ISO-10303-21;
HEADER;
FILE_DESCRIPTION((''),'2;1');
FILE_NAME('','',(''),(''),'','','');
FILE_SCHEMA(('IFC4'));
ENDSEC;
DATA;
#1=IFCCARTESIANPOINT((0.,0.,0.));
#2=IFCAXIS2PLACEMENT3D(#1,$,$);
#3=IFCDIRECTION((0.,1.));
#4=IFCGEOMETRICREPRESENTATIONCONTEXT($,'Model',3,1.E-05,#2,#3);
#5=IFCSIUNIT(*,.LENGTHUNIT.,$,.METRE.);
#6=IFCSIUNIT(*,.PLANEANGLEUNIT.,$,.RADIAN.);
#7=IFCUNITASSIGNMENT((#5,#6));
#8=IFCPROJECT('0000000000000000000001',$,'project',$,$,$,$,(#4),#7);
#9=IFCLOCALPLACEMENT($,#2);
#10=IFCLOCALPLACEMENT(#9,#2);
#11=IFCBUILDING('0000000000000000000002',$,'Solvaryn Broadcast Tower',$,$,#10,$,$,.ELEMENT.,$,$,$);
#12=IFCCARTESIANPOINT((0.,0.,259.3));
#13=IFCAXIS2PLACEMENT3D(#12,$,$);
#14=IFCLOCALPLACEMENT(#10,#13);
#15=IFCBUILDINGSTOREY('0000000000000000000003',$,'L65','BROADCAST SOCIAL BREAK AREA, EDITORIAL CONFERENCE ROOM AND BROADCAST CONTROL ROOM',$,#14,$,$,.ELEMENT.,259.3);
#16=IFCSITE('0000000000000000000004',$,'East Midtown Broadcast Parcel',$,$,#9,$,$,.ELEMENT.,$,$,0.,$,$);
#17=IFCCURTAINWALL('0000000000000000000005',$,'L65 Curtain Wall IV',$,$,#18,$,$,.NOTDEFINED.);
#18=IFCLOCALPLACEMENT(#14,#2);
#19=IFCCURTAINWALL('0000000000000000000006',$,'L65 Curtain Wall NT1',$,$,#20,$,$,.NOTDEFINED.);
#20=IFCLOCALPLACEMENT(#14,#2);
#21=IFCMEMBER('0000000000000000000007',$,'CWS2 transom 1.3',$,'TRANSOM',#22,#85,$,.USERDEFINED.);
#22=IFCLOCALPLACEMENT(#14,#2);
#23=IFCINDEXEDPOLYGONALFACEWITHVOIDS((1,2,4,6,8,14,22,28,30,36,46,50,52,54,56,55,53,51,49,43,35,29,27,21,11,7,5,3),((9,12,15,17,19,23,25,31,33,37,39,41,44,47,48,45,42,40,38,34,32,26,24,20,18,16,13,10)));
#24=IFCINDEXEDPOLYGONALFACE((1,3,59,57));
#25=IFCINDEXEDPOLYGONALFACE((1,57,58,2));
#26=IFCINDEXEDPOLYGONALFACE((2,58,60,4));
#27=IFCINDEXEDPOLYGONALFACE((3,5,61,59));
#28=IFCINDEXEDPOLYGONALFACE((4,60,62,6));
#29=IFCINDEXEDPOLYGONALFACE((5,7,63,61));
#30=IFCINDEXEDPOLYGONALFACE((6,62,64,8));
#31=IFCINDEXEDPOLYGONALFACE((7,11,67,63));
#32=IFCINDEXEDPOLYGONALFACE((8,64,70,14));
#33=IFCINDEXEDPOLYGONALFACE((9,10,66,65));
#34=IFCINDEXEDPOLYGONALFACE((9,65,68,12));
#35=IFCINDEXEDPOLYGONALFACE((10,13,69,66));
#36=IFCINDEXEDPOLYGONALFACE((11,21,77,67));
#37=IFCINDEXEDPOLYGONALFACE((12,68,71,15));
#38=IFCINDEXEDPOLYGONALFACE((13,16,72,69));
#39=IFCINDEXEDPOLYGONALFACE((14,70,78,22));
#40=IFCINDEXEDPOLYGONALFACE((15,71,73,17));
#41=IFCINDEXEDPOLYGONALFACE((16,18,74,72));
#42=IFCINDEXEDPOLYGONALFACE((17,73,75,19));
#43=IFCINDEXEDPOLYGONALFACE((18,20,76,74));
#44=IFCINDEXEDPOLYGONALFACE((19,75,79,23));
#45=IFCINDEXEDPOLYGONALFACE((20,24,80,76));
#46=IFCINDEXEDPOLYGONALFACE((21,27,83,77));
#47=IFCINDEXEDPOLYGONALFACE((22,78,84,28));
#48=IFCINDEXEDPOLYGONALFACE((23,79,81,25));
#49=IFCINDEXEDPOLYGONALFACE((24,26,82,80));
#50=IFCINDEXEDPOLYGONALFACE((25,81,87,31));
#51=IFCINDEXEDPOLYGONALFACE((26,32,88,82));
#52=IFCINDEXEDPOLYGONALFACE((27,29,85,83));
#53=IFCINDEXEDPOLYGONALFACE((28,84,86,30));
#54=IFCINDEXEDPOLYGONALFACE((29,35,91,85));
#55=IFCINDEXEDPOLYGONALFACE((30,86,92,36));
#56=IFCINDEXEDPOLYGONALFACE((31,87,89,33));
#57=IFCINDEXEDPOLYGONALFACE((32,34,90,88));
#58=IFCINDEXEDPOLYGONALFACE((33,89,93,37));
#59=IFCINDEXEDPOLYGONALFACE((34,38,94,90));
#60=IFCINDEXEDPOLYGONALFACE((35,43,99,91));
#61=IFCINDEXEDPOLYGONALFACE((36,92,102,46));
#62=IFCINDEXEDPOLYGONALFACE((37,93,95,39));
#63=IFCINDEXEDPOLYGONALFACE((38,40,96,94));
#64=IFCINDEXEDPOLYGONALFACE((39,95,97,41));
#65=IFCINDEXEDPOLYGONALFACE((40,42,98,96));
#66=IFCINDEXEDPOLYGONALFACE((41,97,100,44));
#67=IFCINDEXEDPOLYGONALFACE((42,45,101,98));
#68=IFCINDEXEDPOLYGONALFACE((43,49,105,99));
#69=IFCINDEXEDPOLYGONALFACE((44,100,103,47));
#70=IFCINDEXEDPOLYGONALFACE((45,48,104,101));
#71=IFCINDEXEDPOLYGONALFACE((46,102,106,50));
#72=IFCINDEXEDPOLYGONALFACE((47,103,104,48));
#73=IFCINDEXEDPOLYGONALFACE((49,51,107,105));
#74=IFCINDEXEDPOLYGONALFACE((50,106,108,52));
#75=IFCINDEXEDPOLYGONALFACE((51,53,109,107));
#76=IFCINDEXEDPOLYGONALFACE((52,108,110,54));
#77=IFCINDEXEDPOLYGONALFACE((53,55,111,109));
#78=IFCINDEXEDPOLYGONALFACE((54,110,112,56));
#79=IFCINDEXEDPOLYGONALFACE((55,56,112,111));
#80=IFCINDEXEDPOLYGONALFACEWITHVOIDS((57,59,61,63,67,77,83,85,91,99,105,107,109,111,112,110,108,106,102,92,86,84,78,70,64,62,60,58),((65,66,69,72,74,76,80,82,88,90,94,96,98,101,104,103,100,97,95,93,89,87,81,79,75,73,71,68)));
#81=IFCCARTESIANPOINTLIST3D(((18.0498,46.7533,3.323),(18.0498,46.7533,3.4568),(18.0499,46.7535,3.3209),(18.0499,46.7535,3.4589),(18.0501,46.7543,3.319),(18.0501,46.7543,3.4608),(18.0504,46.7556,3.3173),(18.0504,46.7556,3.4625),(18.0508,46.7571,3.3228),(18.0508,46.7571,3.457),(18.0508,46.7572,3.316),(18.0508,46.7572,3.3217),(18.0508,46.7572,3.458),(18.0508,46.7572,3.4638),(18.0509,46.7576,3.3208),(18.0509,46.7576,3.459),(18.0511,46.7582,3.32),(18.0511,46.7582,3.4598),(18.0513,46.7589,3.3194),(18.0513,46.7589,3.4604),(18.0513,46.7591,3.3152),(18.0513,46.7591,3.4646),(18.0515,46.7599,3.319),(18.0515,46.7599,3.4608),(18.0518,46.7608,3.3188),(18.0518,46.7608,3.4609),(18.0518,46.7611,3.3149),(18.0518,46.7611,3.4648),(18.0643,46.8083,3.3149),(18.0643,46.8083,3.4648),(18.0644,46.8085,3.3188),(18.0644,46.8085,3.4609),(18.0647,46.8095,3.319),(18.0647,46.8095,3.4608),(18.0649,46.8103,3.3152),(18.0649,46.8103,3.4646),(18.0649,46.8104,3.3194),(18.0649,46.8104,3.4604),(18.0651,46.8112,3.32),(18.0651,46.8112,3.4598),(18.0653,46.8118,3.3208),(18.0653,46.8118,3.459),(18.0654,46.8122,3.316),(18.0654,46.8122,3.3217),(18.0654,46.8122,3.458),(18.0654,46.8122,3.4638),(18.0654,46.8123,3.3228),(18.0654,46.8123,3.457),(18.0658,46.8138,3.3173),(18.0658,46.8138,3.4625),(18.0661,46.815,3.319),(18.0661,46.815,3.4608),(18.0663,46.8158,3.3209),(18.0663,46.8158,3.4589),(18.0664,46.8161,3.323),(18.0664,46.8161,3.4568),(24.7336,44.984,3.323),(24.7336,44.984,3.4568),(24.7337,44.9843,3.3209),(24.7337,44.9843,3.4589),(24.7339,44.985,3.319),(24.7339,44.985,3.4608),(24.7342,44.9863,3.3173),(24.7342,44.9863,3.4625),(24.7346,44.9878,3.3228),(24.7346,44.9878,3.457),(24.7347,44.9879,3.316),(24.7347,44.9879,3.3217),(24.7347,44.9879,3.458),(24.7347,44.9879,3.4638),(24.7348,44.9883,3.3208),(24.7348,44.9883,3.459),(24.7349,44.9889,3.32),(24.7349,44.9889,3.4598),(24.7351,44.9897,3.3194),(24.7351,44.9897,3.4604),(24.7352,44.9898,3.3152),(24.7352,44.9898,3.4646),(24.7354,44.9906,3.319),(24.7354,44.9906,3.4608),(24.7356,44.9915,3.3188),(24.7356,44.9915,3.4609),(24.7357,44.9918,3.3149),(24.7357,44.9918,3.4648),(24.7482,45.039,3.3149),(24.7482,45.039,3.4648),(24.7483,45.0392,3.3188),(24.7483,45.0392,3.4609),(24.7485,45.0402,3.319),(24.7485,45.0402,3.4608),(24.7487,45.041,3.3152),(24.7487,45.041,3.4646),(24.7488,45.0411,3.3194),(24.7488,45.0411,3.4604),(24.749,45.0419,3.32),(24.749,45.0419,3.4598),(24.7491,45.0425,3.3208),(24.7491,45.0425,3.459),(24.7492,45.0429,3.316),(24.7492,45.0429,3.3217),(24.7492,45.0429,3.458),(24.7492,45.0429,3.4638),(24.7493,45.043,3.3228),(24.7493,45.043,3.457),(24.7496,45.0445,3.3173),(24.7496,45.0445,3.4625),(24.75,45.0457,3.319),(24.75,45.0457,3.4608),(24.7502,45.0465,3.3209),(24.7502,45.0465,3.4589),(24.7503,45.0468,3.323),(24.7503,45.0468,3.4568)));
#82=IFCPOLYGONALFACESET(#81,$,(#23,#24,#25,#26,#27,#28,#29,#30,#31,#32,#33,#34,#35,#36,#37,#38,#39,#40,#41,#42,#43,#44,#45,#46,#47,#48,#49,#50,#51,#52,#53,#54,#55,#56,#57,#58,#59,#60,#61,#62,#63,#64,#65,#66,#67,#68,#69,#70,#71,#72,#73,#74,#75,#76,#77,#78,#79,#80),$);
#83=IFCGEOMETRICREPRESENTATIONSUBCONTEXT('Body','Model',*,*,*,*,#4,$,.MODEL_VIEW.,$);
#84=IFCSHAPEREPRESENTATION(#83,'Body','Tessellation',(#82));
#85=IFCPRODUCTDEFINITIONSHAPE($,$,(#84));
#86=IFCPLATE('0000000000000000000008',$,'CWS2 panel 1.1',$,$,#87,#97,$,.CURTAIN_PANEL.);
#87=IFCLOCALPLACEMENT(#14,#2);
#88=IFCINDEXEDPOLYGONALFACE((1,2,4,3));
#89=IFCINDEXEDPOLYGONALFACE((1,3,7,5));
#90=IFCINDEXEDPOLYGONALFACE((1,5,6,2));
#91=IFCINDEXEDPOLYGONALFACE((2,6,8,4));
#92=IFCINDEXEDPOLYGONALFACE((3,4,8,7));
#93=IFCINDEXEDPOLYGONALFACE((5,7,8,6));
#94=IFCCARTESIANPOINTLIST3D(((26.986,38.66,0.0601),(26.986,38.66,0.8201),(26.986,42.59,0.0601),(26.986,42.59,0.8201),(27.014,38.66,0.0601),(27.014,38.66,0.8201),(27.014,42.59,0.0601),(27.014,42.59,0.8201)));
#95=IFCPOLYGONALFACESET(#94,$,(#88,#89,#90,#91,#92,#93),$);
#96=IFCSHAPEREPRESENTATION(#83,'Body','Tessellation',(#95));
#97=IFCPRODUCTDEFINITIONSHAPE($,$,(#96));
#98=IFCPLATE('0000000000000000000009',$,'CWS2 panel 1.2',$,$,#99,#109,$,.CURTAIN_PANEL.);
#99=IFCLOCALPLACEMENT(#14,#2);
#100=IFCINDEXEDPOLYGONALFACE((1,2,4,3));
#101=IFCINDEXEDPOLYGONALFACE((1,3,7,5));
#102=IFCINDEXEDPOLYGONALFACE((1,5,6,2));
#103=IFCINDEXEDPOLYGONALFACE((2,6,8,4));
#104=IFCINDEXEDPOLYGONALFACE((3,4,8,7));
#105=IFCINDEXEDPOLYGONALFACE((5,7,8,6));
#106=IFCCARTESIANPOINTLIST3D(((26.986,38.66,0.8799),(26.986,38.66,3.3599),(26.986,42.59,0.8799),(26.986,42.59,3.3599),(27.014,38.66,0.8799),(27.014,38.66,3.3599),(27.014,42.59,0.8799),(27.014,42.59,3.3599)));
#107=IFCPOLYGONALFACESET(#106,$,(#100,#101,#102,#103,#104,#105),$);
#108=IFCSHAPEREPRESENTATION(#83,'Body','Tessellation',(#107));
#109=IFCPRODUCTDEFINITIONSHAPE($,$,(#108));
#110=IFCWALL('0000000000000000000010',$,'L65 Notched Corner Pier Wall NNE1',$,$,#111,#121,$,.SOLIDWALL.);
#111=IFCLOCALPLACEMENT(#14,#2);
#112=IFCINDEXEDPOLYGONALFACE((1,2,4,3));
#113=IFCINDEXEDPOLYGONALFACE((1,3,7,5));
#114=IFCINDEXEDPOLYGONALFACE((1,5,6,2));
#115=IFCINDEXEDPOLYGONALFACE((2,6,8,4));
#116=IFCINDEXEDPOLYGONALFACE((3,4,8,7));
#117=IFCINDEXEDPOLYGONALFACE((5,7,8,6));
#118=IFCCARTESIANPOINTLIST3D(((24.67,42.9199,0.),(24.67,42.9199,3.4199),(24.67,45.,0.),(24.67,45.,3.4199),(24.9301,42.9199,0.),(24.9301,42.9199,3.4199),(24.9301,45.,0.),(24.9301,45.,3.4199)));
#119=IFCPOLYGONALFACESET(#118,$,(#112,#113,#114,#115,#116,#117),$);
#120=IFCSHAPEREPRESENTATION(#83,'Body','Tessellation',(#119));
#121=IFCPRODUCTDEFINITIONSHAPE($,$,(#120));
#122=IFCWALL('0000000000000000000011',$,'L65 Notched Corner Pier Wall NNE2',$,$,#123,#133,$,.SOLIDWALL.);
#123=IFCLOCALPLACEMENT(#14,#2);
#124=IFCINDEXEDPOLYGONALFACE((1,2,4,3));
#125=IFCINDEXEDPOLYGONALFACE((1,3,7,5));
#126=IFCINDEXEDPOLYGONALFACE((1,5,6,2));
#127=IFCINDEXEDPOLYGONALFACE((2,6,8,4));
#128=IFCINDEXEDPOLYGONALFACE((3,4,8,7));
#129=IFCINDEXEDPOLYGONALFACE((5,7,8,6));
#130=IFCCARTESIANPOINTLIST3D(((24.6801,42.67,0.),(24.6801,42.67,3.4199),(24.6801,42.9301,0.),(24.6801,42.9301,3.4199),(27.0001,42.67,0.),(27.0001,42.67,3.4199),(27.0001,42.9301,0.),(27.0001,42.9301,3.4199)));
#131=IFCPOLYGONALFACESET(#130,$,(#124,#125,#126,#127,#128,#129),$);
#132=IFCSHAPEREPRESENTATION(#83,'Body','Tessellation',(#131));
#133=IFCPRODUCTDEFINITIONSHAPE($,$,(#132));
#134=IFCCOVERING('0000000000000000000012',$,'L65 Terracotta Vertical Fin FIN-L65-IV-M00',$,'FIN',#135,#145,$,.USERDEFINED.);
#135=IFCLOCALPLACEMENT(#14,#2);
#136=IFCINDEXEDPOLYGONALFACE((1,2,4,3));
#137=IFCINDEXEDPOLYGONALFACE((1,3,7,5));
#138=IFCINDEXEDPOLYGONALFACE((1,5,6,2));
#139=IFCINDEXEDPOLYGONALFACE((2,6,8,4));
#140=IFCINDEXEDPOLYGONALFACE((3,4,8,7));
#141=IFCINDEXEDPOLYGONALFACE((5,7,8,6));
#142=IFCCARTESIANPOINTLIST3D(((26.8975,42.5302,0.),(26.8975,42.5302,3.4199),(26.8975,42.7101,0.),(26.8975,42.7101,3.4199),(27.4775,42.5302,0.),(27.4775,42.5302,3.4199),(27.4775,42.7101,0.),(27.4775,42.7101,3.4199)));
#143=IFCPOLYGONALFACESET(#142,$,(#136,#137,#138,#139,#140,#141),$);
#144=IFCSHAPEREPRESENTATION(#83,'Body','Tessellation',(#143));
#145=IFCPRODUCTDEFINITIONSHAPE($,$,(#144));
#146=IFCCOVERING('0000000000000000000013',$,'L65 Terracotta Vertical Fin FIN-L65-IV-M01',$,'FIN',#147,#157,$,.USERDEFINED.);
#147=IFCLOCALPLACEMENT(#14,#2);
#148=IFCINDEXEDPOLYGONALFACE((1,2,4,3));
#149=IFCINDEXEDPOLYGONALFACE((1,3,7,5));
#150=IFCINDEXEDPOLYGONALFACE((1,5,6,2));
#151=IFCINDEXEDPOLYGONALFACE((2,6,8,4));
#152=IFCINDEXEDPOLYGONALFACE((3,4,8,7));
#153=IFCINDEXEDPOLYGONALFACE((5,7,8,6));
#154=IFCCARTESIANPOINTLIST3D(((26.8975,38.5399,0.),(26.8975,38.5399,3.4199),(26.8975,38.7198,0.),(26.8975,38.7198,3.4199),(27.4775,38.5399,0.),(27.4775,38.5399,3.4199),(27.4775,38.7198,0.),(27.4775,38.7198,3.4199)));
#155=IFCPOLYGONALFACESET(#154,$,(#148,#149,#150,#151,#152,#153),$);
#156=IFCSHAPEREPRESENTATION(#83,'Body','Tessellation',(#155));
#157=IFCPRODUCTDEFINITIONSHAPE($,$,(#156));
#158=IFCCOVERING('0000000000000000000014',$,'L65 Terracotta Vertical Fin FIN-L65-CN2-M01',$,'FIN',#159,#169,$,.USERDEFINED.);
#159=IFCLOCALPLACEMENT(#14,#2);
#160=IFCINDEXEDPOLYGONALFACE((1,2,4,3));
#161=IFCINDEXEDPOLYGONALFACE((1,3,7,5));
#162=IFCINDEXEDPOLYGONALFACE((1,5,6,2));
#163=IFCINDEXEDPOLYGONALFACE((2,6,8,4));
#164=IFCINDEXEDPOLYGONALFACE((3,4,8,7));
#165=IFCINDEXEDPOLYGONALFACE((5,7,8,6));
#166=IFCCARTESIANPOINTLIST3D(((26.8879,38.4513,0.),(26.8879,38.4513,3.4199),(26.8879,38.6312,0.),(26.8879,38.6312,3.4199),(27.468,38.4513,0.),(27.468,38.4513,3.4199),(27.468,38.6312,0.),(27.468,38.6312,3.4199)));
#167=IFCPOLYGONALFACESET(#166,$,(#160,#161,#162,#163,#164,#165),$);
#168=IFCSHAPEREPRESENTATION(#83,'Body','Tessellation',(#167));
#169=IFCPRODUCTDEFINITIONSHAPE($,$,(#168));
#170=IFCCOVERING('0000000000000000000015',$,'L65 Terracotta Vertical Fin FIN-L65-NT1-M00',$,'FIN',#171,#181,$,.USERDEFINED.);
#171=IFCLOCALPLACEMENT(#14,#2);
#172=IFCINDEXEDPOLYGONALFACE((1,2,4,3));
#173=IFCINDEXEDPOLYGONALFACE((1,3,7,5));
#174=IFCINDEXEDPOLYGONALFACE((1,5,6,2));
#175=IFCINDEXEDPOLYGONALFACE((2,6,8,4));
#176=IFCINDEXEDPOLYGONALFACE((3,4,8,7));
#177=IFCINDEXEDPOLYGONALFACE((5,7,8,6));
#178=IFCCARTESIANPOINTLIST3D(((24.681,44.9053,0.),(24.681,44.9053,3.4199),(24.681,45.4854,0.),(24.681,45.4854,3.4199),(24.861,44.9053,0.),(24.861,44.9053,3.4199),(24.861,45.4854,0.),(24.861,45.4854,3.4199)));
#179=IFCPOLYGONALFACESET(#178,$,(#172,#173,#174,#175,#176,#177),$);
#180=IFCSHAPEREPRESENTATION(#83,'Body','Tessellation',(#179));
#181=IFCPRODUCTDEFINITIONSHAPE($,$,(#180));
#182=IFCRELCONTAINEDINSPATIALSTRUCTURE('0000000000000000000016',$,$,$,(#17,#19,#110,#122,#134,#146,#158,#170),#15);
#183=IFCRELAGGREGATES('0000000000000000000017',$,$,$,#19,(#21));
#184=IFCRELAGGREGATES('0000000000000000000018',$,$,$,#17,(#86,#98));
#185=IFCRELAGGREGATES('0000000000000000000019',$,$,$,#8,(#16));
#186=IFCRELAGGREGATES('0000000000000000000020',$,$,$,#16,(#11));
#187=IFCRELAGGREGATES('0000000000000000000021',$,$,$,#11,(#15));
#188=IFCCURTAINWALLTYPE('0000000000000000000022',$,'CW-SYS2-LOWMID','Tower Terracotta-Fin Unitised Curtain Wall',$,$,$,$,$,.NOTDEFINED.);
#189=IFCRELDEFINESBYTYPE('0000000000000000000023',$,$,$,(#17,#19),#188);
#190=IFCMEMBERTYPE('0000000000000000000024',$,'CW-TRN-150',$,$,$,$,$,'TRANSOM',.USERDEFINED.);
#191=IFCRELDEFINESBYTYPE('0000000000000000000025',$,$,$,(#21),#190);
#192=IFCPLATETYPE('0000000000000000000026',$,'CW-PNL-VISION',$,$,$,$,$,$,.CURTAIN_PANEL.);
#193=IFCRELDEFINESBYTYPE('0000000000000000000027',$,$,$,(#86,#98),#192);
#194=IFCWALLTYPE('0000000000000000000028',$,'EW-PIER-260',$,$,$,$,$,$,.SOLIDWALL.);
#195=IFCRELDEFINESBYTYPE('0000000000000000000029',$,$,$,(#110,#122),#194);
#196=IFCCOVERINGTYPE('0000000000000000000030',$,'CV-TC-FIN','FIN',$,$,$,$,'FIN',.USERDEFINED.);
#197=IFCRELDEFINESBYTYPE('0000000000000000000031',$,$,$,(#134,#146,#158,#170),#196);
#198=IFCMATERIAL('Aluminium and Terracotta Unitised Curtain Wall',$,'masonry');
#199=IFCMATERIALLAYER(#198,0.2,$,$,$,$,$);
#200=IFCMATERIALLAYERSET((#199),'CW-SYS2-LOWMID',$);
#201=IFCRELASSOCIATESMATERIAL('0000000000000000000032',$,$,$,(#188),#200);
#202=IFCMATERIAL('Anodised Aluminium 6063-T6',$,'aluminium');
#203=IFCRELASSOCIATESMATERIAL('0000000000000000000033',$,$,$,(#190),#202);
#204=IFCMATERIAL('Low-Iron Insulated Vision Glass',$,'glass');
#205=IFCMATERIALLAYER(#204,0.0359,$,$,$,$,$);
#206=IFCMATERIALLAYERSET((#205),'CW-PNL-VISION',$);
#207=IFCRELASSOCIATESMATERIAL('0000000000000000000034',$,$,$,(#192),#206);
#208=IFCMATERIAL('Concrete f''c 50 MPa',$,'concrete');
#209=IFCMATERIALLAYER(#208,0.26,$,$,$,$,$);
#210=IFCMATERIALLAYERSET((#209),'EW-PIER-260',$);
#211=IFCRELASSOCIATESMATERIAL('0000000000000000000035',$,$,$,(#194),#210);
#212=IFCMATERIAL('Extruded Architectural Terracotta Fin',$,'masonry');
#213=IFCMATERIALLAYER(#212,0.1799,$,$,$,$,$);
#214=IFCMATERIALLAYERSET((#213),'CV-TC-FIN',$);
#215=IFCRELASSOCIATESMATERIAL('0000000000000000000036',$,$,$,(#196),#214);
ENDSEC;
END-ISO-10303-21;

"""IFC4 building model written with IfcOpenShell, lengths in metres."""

from ifc_helpers import new_model, si_unit, direction, frame, frame_2d, origin, origin_2d, place, context, subcontext, project, spatial, rectangle, hollow_rectangle, extrude, material, layer, layer_set, material_profile, profile_set, type_object, element, aggregate, save


model = new_model("IFC4")

# Units and contexts
model_context = context("Model", 3, precision=1e-05, world=origin(), true_north=direction((0.0, 1.0)))
body_context = subcontext(model_context, "Body", "Model", "MODEL_VIEW")
ifc_project = project(units=[si_unit("LENGTHUNIT", "METRE"), si_unit("PLANEANGLEUNIT", "RADIAN")], contexts=[model_context])

# Site, building, storey
site_placement = place(None, origin())
site = spatial("IfcSite", under=ifc_project, at=site_placement, Name="East Midtown Broadcast Parcel", CompositionType="ELEMENT", RefElevation=0.0)
building_placement = place(site_placement, origin())
building = spatial("IfcBuilding", under=site, at=building_placement, Name="Solvaryn Broadcast Tower", CompositionType="ELEMENT")
storey_placement = place(building_placement, frame((0.0, 0.0, 259.3)))
storey = spatial("IfcBuildingStorey", under=building, at=storey_placement, Name="L65", Description="BROADCAST SOCIAL BREAK AREA, EDITORIAL CONFERENCE ROOM AND BROADCAST CONTROL ROOM", CompositionType="ELEMENT", Elevation=259.3)

# Curtain wall
ifc_material_1 = material(Name="Aluminium and Terracotta Unitised Curtain Wall", Category="masonry")
ifc_layer_1 = layer(ifc_material_1, 0.2)
ifc_layer_set_1 = layer_set([ifc_layer_1], Name="CW-SYS2-LOWMID")
curtain_wall_type = type_object("IfcCurtainWallType", Name="CW-SYS2-LOWMID", Description="Tower Terracotta-Fin Unitised Curtain Wall", PredefinedType="NOTDEFINED", material=ifc_layer_set_1)
curtain_wall_1_placement = place(storey_placement, origin())
curtain_wall_1 = element("IfcCurtainWall", 1, at=curtain_wall_1_placement, inside=storey, type_object=curtain_wall_type, Name="L65 Curtain Wall IV", PredefinedType="NOTDEFINED")

# Curtain wall
curtain_wall_2_placement = place(storey_placement, origin())
curtain_wall_2 = element("IfcCurtainWall", 2, at=curtain_wall_2_placement, inside=storey, type_object=curtain_wall_type, Name="L65 Curtain Wall NT1", PredefinedType="NOTDEFINED")

# Member
ifc_material_2 = material(Name="Anodised Aluminium 6063-T6", Category="aluminium")
ifc_material_profile_1 = material_profile(ifc_material_2, hollow_rectangle(XDim=0.0649, YDim=0.1499, WallThickness=0.0039, InnerFilletRadius=0.0039, OuterFilletRadius=0.0081, at=origin_2d()))
ifc_profile_set_1 = profile_set([ifc_material_profile_1], Name="Anodised Aluminium 6063-T6")
member_type_1 = type_object("IfcMemberType", Name="CW-TRN-150", ElementType="TRANSOM", PredefinedType="USERDEFINED", material=ifc_profile_set_1)
member_1_placement = place(storey_placement, frame((24.7419, 45.0154, 3.3899), z_axis=(-0.966704, 0.255897, 0.0), x_axis=(-0.255897, -0.966704, 0.0)))
member_1 = element("IfcMember", 3, at=member_1_placement, type_object=member_type_1, Name="CWS2 transom 1.3", ObjectType="TRANSOM", PredefinedType="USERDEFINED", context=body_context, shape_type="SweptSolid", body=[
    extrude(hollow_rectangle(XDim=0.0649, YDim=0.1499, WallThickness=0.0039, InnerFilletRadius=0.0039, OuterFilletRadius=0.0081, at=origin_2d()), origin(), (0.0, 0.0, 1.0), 6.9141),
])
aggregate(curtain_wall_2, [member_1])

# Plates
ifc_material_3 = material(Name="Low-Iron Insulated Vision Glass", Category="glass")
ifc_layer_2 = layer(ifc_material_3, 0.0359)
ifc_layer_set_2 = layer_set([ifc_layer_2], Name="CW-PNL-VISION")
plate_type = type_object("IfcPlateType", Name="CW-PNL-VISION", PredefinedType="CURTAIN_PANEL", material=ifc_layer_set_2)
plate_1_placement = place(storey_placement, frame((27.0, 40.625, 0.0601), z_axis=(0.0, 0.0, 1.0), x_axis=(0.0, -1.0, 0.0)))
plate_1 = element("IfcPlate", 4, at=plate_1_placement, type_object=plate_type, Name="CWS2 panel 1.1", PredefinedType="CURTAIN_PANEL", context=body_context, shape_type="SweptSolid", body=[
    extrude(rectangle(XDim=3.9299, YDim=0.0281, at=origin_2d()), origin(), (0.0, 0.0, 1.0), 0.76),
])
plate_2_placement = place(storey_placement, frame((27.0, 40.625, 0.8799), z_axis=(0.0, 0.0, 1.0), x_axis=(0.0, -1.0, 0.0)))
plate_2 = element("IfcPlate", 5, at=plate_2_placement, type_object=plate_type, Name="CWS2 panel 1.2", PredefinedType="CURTAIN_PANEL", context=body_context, shape_type="SweptSolid", body=[
    extrude(rectangle(XDim=3.9299, YDim=0.0281, at=origin_2d()), origin(), (0.0, 0.0, 1.0), 2.48),
])
aggregate(curtain_wall_1, [plate_1, plate_2])

# Walls
ifc_material_4 = material(Name="Concrete f'c 50 MPa", Category="concrete")
ifc_layer_3 = layer(ifc_material_4, 0.26)
ifc_layer_set_3 = layer_set([ifc_layer_3], Name="EW-PIER-260")
wall_type_1 = type_object("IfcWallType", Name="EW-PIER-260", PredefinedType="SOLIDWALL", material=ifc_layer_set_3)
wall_1_placement = place(storey_placement, frame((24.8, 45.0, 0.0), z_axis=(0.0, 0.0, 1.0), x_axis=(0.0, -1.0, 0.0)))
element("IfcWall", 6, at=wall_1_placement, inside=storey, type_object=wall_type_1, Name="L65 Notched Corner Pier Wall NNE1", PredefinedType="SOLIDWALL", context=body_context, shape_type="SweptSolid", body=[
    extrude(rectangle(XDim=2.0801, YDim=0.26, at=frame_2d((1.04, 0.0))), origin(), (0.0, 0.0, 1.0), 3.4199),
])
wall_2_placement = place(storey_placement, frame((24.6799, 42.8, 0.0), z_axis=(0.0, 0.0, 1.0), x_axis=(1.0, 0.0, 0.0)))
element("IfcWall", 7, at=wall_2_placement, inside=storey, type_object=wall_type_1, Name="L65 Notched Corner Pier Wall NNE2", PredefinedType="SOLIDWALL", context=body_context, shape_type="SweptSolid", body=[
    extrude(rectangle(XDim=2.3201, YDim=0.26, at=frame_2d((1.1602, 0.0))), origin(), (0.0, 0.0, 1.0), 3.4199),
])

# Coverings
ifc_material_5 = material(Name="Extruded Architectural Terracotta Fin", Category="masonry")
ifc_layer_4 = layer(ifc_material_5, 0.1799)
ifc_layer_set_4 = layer_set([ifc_layer_4], Name="CV-TC-FIN")
covering_type = type_object("IfcCoveringType", Name="CV-TC-FIN", Description="FIN", ElementType="FIN", PredefinedType="USERDEFINED", material=ifc_layer_set_4)
for number, where, z_axis, x_axis, name in (
    (8, (27.1875, 42.6201, 0.0), (0.0, 0.0, 1.0), (1.0, 0.0, 0.0), "L65 Terracotta Vertical Fin FIN-L65-IV-M00"),
    (9, (27.1875, 38.6299, 0.0), (0.0, 0.0, 1.0), (1.0, 0.0, 0.0), "L65 Terracotta Vertical Fin FIN-L65-IV-M01"),
    (10, (27.178, 38.5413, 0.0), (0.0, 0.0, 1.0), (1.0, 0.0, 0.0), "L65 Terracotta Vertical Fin FIN-L65-CN2-M01"),
):
    element("IfcCovering", number, at=place(storey_placement, frame(where, z_axis=z_axis, x_axis=x_axis)), inside=storey, type_object=covering_type, Name=name, ObjectType="FIN", PredefinedType="USERDEFINED", context=body_context, shape_type="SweptSolid", body=[
        extrude(rectangle(XDim=0.5801, YDim=0.1799, at=origin_2d()), origin(), (0.0, 0.0, 1.0), 3.4199),
    ])
covering_placement = place(storey_placement, frame((24.771, 45.1953, 0.0), z_axis=(0.0, 0.0, 1.0), x_axis=(1.0, 0.0, 0.0)))
element("IfcCovering", 11, at=covering_placement, inside=storey, type_object=covering_type, Name="L65 Terracotta Vertical Fin FIN-L65-NT1-M00", ObjectType="FIN", PredefinedType="USERDEFINED", context=body_context, shape_type="SweptSolid", body=[
    extrude(rectangle(XDim=0.1799, YDim=0.5801, at=origin_2d()), origin(), (0.0, 0.0, 1.0), 3.4199),
])

save(model, "model.ifc")
